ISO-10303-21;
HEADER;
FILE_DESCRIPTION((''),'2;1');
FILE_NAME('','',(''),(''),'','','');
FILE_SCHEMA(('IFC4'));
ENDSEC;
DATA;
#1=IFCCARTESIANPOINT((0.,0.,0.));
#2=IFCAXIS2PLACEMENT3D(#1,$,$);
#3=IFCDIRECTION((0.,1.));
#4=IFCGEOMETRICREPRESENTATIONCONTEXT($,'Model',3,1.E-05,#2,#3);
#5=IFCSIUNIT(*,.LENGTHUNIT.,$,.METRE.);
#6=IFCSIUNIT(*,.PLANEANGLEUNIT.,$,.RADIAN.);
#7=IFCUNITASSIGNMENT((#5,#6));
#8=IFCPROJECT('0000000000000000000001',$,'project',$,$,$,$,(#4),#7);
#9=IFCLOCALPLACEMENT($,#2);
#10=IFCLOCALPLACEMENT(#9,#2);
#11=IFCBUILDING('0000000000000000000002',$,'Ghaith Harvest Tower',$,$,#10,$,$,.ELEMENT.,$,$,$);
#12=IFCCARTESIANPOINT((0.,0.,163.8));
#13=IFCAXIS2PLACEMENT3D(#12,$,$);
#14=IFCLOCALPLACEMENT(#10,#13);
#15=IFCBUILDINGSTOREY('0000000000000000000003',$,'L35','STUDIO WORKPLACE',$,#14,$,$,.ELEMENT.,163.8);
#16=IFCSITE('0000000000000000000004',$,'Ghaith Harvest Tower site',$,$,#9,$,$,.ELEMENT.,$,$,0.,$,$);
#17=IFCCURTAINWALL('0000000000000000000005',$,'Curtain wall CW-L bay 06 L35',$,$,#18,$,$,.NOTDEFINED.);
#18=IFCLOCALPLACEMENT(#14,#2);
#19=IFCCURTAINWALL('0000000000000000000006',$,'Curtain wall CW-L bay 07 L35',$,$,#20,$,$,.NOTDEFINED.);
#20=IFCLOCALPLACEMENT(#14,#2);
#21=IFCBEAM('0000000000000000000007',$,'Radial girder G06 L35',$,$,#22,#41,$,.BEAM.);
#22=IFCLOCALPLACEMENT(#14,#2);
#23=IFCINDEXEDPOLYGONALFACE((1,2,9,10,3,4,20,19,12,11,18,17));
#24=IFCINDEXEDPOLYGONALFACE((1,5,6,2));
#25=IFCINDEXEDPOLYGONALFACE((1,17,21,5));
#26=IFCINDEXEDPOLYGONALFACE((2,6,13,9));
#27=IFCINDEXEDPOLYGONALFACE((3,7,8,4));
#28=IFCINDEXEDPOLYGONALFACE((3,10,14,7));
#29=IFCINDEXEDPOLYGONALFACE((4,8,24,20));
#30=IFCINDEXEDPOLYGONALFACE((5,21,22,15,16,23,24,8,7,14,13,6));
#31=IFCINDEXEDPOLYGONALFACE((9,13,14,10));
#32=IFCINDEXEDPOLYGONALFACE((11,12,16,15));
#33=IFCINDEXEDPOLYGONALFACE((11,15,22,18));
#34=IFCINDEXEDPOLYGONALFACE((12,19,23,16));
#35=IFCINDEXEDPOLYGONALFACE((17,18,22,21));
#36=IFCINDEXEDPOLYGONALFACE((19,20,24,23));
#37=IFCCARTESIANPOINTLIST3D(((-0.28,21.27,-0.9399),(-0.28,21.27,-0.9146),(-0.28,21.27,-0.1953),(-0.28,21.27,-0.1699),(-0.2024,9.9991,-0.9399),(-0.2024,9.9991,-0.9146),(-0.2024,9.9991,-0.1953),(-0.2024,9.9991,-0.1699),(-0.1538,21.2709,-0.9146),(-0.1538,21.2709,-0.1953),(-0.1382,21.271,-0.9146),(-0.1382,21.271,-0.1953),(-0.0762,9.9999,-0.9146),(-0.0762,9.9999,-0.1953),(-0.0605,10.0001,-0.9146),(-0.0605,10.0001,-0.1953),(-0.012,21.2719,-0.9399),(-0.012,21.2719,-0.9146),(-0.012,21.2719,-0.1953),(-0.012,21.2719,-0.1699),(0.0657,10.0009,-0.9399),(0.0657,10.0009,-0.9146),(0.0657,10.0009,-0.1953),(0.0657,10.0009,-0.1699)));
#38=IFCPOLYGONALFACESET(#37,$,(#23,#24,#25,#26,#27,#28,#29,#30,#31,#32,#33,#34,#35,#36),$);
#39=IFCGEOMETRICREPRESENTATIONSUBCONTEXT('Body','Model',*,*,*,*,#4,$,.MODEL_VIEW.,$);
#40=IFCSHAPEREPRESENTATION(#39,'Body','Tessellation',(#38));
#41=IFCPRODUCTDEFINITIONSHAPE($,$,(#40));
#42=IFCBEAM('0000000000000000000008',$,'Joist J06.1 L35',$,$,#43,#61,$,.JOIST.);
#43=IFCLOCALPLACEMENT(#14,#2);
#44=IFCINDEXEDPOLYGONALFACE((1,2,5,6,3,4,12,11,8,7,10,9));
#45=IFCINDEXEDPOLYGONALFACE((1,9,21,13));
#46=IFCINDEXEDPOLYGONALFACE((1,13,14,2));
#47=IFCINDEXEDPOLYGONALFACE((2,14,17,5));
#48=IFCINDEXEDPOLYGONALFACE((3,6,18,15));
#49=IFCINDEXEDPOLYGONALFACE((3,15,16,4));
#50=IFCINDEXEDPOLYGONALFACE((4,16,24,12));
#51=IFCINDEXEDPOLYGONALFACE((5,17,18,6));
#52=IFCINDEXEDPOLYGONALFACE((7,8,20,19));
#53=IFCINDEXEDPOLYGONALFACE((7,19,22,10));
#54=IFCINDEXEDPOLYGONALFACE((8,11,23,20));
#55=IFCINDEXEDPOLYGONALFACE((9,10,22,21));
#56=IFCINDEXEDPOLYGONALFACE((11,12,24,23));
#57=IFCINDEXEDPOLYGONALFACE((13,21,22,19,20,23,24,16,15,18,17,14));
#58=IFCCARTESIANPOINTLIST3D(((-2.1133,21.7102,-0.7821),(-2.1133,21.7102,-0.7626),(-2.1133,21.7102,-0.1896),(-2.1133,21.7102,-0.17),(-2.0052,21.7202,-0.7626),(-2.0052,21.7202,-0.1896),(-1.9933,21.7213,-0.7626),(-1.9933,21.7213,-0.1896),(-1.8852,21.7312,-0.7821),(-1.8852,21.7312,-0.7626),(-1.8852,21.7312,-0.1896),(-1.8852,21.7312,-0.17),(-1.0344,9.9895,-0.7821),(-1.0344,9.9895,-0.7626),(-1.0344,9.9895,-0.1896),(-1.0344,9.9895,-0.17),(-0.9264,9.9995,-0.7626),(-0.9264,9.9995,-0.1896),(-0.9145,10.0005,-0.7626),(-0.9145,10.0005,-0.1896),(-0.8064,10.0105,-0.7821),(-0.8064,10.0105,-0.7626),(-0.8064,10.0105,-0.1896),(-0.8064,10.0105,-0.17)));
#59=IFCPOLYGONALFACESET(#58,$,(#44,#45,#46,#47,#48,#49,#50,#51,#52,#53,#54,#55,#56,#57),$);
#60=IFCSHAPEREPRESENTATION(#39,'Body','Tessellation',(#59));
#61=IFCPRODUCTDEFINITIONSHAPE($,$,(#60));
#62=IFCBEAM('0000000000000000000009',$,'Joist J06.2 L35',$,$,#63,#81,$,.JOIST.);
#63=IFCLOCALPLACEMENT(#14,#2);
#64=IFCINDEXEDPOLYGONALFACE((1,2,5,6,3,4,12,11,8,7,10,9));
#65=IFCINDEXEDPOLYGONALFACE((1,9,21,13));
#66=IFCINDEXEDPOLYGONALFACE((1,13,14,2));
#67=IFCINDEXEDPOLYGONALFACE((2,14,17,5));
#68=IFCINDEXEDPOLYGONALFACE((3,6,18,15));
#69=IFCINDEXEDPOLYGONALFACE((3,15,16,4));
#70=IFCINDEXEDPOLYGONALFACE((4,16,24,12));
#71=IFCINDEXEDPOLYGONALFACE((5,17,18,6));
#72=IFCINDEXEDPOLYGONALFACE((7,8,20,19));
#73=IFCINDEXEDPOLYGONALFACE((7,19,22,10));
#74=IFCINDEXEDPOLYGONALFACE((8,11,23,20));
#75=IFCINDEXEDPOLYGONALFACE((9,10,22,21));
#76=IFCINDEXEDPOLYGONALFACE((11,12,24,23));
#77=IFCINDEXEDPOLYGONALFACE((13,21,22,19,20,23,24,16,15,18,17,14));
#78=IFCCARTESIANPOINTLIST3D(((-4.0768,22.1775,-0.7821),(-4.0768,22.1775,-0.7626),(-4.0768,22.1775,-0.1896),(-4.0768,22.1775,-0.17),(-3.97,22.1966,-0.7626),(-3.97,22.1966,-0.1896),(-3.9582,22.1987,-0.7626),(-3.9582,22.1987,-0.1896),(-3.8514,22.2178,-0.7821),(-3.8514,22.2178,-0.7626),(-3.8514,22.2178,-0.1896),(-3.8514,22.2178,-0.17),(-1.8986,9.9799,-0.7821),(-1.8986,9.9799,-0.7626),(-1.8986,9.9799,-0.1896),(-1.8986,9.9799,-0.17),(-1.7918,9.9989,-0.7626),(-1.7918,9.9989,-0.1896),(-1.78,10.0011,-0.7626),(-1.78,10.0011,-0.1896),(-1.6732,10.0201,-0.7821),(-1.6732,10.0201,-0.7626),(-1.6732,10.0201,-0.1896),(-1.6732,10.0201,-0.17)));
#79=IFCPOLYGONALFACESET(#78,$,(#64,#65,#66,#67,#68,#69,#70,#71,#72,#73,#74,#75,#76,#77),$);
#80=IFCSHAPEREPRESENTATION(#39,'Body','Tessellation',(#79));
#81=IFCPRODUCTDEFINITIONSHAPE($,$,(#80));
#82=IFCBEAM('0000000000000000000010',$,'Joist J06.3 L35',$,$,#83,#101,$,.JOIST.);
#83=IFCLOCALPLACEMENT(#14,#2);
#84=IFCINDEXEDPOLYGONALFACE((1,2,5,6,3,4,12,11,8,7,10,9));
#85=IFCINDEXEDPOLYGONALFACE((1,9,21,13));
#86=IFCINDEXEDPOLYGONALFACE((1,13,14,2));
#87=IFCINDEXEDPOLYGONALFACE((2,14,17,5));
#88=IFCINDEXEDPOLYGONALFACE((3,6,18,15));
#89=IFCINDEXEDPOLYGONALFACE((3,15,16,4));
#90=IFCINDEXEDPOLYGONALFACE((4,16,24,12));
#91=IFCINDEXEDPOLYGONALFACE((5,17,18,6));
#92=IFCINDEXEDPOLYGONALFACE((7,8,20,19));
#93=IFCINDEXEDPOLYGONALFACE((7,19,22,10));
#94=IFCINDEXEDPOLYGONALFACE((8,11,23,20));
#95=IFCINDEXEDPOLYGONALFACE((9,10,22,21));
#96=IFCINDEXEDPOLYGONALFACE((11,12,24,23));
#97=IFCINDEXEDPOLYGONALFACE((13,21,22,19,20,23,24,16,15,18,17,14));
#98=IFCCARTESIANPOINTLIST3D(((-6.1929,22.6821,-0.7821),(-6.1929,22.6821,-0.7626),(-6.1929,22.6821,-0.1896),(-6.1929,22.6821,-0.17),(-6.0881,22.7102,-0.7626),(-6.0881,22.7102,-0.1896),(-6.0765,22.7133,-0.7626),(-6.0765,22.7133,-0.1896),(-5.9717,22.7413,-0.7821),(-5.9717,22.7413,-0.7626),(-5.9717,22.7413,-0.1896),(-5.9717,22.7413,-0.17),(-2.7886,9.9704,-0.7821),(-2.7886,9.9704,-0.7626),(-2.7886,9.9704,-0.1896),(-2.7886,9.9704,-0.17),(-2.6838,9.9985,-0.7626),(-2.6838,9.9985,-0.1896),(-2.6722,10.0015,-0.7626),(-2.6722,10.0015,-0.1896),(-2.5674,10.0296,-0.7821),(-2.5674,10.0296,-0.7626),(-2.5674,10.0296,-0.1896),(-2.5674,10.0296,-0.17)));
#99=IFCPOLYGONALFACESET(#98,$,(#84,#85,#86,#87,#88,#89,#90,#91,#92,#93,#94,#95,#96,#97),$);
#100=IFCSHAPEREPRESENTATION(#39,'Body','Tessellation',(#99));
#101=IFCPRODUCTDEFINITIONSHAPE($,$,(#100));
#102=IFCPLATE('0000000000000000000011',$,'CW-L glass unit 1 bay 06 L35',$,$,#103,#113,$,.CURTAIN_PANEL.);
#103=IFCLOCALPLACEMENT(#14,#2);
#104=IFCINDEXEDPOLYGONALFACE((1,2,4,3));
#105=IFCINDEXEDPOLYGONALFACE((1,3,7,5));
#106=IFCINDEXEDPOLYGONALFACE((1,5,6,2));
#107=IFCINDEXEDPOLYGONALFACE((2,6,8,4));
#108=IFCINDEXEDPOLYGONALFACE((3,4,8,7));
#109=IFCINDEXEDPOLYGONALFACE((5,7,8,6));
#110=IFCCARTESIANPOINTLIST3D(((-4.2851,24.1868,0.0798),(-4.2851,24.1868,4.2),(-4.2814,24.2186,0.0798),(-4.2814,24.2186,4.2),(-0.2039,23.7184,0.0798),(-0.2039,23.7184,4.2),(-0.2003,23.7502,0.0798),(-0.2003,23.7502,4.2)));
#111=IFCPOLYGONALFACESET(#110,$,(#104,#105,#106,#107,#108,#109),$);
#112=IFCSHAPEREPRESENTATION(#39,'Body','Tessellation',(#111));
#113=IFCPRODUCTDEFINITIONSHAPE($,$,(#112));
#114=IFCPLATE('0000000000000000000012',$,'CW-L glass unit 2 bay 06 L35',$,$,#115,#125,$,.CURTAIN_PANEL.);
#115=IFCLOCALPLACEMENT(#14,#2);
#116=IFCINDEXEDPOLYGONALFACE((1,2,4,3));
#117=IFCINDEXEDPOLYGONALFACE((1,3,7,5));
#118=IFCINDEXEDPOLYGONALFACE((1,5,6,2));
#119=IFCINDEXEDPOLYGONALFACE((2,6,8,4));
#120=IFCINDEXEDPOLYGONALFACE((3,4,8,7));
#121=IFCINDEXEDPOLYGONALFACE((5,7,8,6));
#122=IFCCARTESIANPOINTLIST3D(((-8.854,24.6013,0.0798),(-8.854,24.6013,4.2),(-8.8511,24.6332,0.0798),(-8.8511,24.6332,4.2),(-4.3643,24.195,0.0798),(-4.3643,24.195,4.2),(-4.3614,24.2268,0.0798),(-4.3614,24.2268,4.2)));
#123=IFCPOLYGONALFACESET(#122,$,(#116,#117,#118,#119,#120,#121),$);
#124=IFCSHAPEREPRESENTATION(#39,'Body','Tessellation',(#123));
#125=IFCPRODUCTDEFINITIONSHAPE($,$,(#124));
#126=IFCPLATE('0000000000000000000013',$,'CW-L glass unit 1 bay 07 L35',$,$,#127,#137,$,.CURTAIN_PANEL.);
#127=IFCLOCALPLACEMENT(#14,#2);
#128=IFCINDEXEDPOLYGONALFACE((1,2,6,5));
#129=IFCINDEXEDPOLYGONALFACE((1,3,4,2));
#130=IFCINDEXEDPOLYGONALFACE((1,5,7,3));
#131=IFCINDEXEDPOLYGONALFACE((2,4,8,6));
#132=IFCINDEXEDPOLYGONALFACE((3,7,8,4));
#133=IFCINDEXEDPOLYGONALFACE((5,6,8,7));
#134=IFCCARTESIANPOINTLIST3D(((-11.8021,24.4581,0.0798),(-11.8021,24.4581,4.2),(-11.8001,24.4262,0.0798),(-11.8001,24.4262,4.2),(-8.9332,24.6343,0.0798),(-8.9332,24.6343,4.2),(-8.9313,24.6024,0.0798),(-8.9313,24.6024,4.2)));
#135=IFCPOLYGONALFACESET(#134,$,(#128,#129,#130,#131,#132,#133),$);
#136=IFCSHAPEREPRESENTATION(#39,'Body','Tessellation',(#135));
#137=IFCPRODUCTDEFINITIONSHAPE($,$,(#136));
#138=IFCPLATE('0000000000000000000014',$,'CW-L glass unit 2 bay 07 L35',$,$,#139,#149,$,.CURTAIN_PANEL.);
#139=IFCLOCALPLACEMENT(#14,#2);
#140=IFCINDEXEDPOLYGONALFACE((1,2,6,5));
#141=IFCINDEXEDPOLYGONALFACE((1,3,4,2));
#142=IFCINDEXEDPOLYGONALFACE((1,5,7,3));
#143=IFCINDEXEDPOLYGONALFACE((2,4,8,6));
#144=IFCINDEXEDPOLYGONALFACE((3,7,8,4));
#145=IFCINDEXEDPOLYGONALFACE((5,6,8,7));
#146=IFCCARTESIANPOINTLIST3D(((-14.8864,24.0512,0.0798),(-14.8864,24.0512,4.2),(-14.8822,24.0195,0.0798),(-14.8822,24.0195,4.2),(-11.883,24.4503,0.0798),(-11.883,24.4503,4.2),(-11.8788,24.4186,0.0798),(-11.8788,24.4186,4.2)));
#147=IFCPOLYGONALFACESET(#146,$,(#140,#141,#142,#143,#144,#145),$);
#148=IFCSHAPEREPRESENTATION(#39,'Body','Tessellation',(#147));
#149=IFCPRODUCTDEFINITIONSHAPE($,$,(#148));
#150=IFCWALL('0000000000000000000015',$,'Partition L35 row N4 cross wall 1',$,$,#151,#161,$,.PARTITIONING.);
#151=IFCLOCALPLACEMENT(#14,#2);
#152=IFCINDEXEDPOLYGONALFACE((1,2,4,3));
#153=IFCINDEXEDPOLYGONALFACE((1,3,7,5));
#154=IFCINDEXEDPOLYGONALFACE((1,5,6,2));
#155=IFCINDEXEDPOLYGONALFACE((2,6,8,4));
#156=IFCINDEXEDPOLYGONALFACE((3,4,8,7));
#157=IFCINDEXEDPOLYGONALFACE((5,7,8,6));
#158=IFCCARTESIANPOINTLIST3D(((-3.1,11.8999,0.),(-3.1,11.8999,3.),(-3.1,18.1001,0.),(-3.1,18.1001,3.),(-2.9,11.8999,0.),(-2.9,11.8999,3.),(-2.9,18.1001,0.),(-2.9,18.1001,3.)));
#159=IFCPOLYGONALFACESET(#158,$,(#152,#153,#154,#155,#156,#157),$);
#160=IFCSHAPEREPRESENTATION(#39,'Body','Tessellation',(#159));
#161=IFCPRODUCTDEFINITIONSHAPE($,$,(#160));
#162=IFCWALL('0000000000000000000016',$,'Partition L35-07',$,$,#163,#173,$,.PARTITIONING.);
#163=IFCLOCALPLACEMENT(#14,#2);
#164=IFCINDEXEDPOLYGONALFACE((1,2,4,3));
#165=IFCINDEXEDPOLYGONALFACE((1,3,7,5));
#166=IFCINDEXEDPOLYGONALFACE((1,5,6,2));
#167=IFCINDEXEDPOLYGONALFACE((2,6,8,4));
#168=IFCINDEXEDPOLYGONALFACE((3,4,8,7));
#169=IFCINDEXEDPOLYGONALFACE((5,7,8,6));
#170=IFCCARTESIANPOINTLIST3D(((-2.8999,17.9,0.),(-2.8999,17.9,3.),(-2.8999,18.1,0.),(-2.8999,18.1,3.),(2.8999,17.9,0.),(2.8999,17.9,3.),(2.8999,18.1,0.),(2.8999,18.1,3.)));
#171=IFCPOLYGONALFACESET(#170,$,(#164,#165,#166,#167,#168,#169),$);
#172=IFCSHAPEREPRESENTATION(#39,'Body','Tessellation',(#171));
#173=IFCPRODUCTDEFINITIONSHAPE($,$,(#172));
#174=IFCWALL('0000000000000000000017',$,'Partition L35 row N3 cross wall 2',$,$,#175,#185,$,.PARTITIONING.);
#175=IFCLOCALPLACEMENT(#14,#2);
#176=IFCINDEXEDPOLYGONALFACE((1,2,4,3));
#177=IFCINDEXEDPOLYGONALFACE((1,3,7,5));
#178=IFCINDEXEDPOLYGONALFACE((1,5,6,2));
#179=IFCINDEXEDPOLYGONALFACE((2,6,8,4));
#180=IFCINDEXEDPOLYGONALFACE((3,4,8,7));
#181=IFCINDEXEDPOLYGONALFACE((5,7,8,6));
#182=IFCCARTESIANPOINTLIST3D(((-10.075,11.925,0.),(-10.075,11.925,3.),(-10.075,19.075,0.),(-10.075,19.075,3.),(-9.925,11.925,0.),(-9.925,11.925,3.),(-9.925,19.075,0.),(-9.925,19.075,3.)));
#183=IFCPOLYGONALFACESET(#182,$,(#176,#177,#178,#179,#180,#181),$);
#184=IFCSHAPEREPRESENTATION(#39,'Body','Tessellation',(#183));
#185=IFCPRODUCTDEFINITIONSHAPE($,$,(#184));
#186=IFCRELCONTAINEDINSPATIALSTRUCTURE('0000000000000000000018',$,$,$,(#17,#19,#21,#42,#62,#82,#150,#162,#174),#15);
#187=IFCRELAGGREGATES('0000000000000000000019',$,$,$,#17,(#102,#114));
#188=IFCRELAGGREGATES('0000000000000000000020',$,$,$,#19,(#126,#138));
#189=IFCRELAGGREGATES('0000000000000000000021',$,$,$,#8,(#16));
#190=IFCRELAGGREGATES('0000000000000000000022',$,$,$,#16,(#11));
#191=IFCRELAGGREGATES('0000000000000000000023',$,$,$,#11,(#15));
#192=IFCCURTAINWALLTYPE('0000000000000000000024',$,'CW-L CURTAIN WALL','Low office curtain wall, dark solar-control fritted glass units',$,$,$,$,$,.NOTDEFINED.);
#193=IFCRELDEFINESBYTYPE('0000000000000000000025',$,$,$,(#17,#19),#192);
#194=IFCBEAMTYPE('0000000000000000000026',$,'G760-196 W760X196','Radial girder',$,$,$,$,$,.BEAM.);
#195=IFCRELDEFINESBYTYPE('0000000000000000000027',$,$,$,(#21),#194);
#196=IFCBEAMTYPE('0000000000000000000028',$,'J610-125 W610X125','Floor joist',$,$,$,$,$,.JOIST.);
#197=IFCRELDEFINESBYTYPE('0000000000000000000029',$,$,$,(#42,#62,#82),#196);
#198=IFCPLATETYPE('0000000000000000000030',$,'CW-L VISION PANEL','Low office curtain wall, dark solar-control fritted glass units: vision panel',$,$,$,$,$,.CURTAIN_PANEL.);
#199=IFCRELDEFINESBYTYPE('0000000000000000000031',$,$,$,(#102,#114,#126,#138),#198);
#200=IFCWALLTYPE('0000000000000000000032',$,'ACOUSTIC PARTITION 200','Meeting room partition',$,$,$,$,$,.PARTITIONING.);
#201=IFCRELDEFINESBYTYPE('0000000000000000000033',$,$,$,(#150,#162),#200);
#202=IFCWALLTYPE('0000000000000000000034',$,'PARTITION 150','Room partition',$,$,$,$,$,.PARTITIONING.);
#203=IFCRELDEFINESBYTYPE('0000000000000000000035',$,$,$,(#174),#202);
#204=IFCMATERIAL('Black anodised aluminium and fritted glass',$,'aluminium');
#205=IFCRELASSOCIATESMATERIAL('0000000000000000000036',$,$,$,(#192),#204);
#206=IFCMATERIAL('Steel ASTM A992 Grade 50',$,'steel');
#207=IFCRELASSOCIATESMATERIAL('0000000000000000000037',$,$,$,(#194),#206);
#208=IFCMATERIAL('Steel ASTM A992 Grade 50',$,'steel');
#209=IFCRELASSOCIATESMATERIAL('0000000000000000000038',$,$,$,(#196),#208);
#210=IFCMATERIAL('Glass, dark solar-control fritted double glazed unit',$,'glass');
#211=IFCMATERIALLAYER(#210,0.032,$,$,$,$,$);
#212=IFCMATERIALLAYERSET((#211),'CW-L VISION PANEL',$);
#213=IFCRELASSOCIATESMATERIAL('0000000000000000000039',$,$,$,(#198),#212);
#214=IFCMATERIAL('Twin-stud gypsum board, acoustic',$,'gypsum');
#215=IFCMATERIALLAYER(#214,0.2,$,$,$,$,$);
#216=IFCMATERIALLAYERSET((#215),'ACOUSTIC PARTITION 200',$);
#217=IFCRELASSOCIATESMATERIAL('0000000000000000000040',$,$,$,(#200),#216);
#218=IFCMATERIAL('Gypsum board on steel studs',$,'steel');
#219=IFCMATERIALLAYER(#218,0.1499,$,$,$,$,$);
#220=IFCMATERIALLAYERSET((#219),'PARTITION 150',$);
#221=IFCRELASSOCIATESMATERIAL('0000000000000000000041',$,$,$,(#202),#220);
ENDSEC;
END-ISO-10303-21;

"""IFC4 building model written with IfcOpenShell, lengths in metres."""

from ifc_helpers import new_model, si_unit, direction, frame, frame_2d, origin, origin_2d, place, context, subcontext, project, spatial, rectangle, i_section, extrude, material, layer, layer_set, material_profile, profile_set, type_object, element, aggregate, save


model = new_model("IFC4")

# Units and contexts
model_context = context("Model", 3, precision=1e-05, world=origin(), true_north=direction((0.0, 1.0)))
body_context = subcontext(model_context, "Body", "Model", "MODEL_VIEW")
ifc_project = project(units=[si_unit("LENGTHUNIT", "METRE"), si_unit("PLANEANGLEUNIT", "RADIAN")], contexts=[model_context])

# Site, building, storey
site_placement = place(None, origin())
site = spatial("IfcSite", under=ifc_project, at=site_placement, Name="Ghaith Harvest Tower site", CompositionType="ELEMENT", RefElevation=0.0)
building_placement = place(site_placement, origin())
building = spatial("IfcBuilding", under=site, at=building_placement, Name="Ghaith Harvest Tower", CompositionType="ELEMENT")
storey_placement = place(building_placement, frame((0.0, 0.0, 163.8)))
storey = spatial("IfcBuildingStorey", under=building, at=storey_placement, Name="L35", Description="STUDIO WORKPLACE", CompositionType="ELEMENT", Elevation=163.8)

# Curtain walls
ifc_material_1 = material(Name="Black anodised aluminium and fritted glass", Category="aluminium")
curtain_wall_type = type_object("IfcCurtainWallType", Name="CW-L CURTAIN WALL", Description="Low office curtain wall, dark solar-control fritted glass units", PredefinedType="NOTDEFINED", material=ifc_material_1)
curtain_wall_1_placement = place(storey_placement, origin())
curtain_wall_1 = element("IfcCurtainWall", 1, at=curtain_wall_1_placement, inside=storey, type_object=curtain_wall_type, Name="Curtain wall CW-L bay 06 L35", PredefinedType="NOTDEFINED")
curtain_wall_2_placement = place(storey_placement, origin())
curtain_wall_2 = element("IfcCurtainWall", 2, at=curtain_wall_2_placement, inside=storey, type_object=curtain_wall_type, Name="Curtain wall CW-L bay 07 L35", PredefinedType="NOTDEFINED")

# Beams
ifc_material_2 = material(Name="Steel ASTM A992 Grade 50", Category="steel")
ifc_material_profile_1 = material_profile(ifc_material_2, i_section(OverallWidth=0.2681, OverallDepth=0.77, WebThickness=0.0156, FlangeThickness=0.0254, at=origin_2d()), Name="W760X196")
ifc_profile_set_1 = profile_set([ifc_material_profile_1], Name="Steel ASTM A992 Grade 50")
beam_type_1 = type_object("IfcBeamType", Name="G760-196 W760X196", Description="Radial girder", PredefinedType="BEAM", material=ifc_profile_set_1)
beam_1_placement = place(storey_placement, frame((-0.0684, 10.0, -0.5549), z_axis=(-0.006888, 0.999976, 0.0), x_axis=(-0.999976, -0.006888, 0.0)))
element("IfcBeam", 3, at=beam_1_placement, inside=storey, type_object=beam_type_1, Name="Radial girder G06 L35", PredefinedType="BEAM", context=body_context, shape_type="SweptSolid", body=[
    extrude(i_section(OverallWidth=0.2681, OverallDepth=0.77, WebThickness=0.0156, FlangeThickness=0.0254, at=origin_2d()), origin(), (0.0, 0.0, 1.0), 11.2712),
])
ifc_material_3 = material(Name="Steel ASTM A992 Grade 50", Category="steel")
ifc_material_profile_2 = material_profile(ifc_material_3, i_section(OverallWidth=0.229, OverallDepth=0.6121, WebThickness=0.012, FlangeThickness=0.0195, at=origin_2d()), Name="W610X125")
ifc_profile_set_2 = profile_set([ifc_material_profile_2], Name="Steel ASTM A992 Grade 50")
beam_type_2 = type_object("IfcBeamType", Name="J610-125 W610X125", Description="Floor joist", PredefinedType="JOIST", material=ifc_profile_set_2)
beam_2_placement = place(storey_placement, frame((-0.9204, 10.0, -0.4761), z_axis=(-0.09166, 0.99579, 0.0), x_axis=(-0.99579, -0.09166, 0.0)))
element("IfcBeam", 4, at=beam_2_placement, inside=storey, type_object=beam_type_2, Name="Joist J06.1 L35", PredefinedType="JOIST", context=body_context, shape_type="SweptSolid", body=[
    extrude(i_section(OverallWidth=0.229, OverallDepth=0.6121, WebThickness=0.012, FlangeThickness=0.0195, at=origin_2d()), origin(), (0.0, 0.0, 1.0), 11.7703),
])
beam_3_placement = place(storey_placement, frame((-1.7859, 10.0, -0.4761), z_axis=(-0.175795, 0.984427, 0.0), x_axis=(-0.984427, -0.175795, 0.0)))
element("IfcBeam", 5, at=beam_3_placement, inside=storey, type_object=beam_type_2, Name="Joist J06.2 L35", PredefinedType="JOIST", context=body_context, shape_type="SweptSolid", body=[
    extrude(i_section(OverallWidth=0.229, OverallDepth=0.6121, WebThickness=0.012, FlangeThickness=0.0195, at=origin_2d()), origin(), (0.0, 0.0, 1.0), 12.3906),
])
beam_4_placement = place(storey_placement, frame((-2.678, 10.0, -0.4761), z_axis=(-0.258693, 0.96596, 0.0), x_axis=(-0.96596, -0.258693, 0.0)))
element("IfcBeam", 6, at=beam_4_placement, inside=storey, type_object=beam_type_2, Name="Joist J06.3 L35", PredefinedType="JOIST", context=body_context, shape_type="SweptSolid", body=[
    extrude(i_section(OverallWidth=0.229, OverallDepth=0.6121, WebThickness=0.012, FlangeThickness=0.0195, at=origin_2d()), origin(), (0.0, 0.0, 1.0), 13.1597),
])

# Plates
ifc_material_4 = material(Name="Glass, dark solar-control fritted double glazed unit", Category="glass")
ifc_layer_1 = layer(ifc_material_4, 0.032)
ifc_layer_set_1 = layer_set([ifc_layer_1], Name="CW-L VISION PANEL")
plate_type = type_object("IfcPlateType", Name="CW-L VISION PANEL", Description="Low office curtain wall, dark solar-control fritted glass units: vision panel", PredefinedType="CURTAIN_PANEL", material=ifc_layer_set_1)
plate_1_placement = place(storey_placement, frame((-2.2427, 23.9685, 0.0798), z_axis=(0.0, 0.0, 1.0), x_axis=(-0.993477, 0.114032, 0.0)))
plate_1 = element("IfcPlate", 7, at=plate_1_placement, type_object=plate_type, Name="CW-L glass unit 1 bay 06 L35", PredefinedType="CURTAIN_PANEL", context=body_context, shape_type="SweptSolid", body=[
    extrude(rectangle(XDim=4.1079, YDim=0.032, at=origin_2d()), origin(), (0.0, 0.0, 1.0), 4.1201),
])
plate_2_placement = place(storey_placement, frame((-6.6077, 24.4141, 0.0798), z_axis=(0.0, 0.0, 1.0), x_axis=(-0.995929, 0.090144, 0.0)))
plate_2 = element("IfcPlate", 8, at=plate_2_placement, type_object=plate_type, Name="CW-L glass unit 2 bay 06 L35", PredefinedType="CURTAIN_PANEL", context=body_context, shape_type="SweptSolid", body=[
    extrude(rectangle(XDim=4.5081, YDim=0.032, at=origin_2d()), origin(), (0.0, 0.0, 1.0), 4.1201),
])
aggregate(curtain_wall_1, [plate_1, plate_2])
plate_3_placement = place(storey_placement, frame((-10.3667, 24.5303, 0.0798), z_axis=(0.0, 0.0, 1.0), x_axis=(-0.998119, -0.061303, 0.0)))
plate_3 = element("IfcPlate", 9, at=plate_3_placement, type_object=plate_type, Name="CW-L glass unit 1 bay 07 L35", PredefinedType="CURTAIN_PANEL", context=body_context, shape_type="SweptSolid", body=[
    extrude(rectangle(XDim=2.8743, YDim=0.032, at=origin_2d()), origin(), (0.0, 0.0, 1.0), 4.1201),
])
plate_4_placement = place(storey_placement, frame((-13.3826, 24.2349, 0.0798), z_axis=(0.0, 0.0, 1.0), x_axis=(-0.991286, -0.131728, 0.0)))
plate_4 = element("IfcPlate", 10, at=plate_4_placement, type_object=plate_type, Name="CW-L glass unit 2 bay 07 L35", PredefinedType="CURTAIN_PANEL", context=body_context, shape_type="SweptSolid", body=[
    extrude(rectangle(XDim=3.0298, YDim=0.032, at=origin_2d()), origin(), (0.0, 0.0, 1.0), 4.1201),
])
aggregate(curtain_wall_2, [plate_3, plate_4])

# Wall
ifc_material_5 = material(Name="Twin-stud gypsum board, acoustic", Category="gypsum")
ifc_layer_2 = layer(ifc_material_5, 0.2)
ifc_layer_set_2 = layer_set([ifc_layer_2], Name="ACOUSTIC PARTITION 200")
wall_type_1 = type_object("IfcWallType", Name="ACOUSTIC PARTITION 200", Description="Meeting room partition", PredefinedType="PARTITIONING", material=ifc_layer_set_2)
wall_1_placement = place(storey_placement, frame((-3.0, 11.8999, 0.0), z_axis=(0.0, 0.0, 1.0), x_axis=(0.0, 1.0, 0.0)))
element("IfcWall", 11, at=wall_1_placement, inside=storey, type_object=wall_type_1, Name="Partition L35 row N4 cross wall 1", PredefinedType="PARTITIONING", context=body_context, shape_type="SweptSolid", body=[
    extrude(rectangle(XDim=6.2002, YDim=0.2, at=frame_2d((3.1001, 0.0))), origin(), (0.0, 0.0, 1.0), 3.0),
])

# Walls
wall_2_placement = place(storey_placement, frame((-2.8999, 18.0, 0.0), z_axis=(0.0, 0.0, 1.0), x_axis=(1.0, 0.0, 0.0)))
element("IfcWall", 12, at=wall_2_placement, inside=storey, type_object=wall_type_1, Name="Partition L35-07", PredefinedType="PARTITIONING", context=body_context, shape_type="SweptSolid", body=[
    extrude(rectangle(XDim=5.7998, YDim=0.2, at=frame_2d((2.8999, 0.0))), origin(), (0.0, 0.0, 1.0), 3.0),
])
ifc_material_6 = material(Name="Gypsum board on steel studs", Category="steel")
ifc_layer_3 = layer(ifc_material_6, 0.1499)
ifc_layer_set_3 = layer_set([ifc_layer_3], Name="PARTITION 150")
wall_type_2 = type_object("IfcWallType", Name="PARTITION 150", Description="Room partition", PredefinedType="PARTITIONING", material=ifc_layer_set_3)
for number, where, z_axis, x_axis, name in (
    (13, (-10.0, 11.925, 0.0), (0.0, 0.0, 1.0), (0.0, 1.0, 0.0), "Partition L35 row N3 cross wall 2"),
):
    element("IfcWall", number, at=place(storey_placement, frame(where, z_axis=z_axis, x_axis=x_axis)), inside=storey, type_object=wall_type_2, Name=name, PredefinedType="PARTITIONING", context=body_context, shape_type="SweptSolid", body=[
        extrude(rectangle(XDim=7.1499, YDim=0.1499, at=frame_2d((3.575, 0.0))), origin(), (0.0, 0.0, 1.0), 3.0),
    ])

save(model, "model.ifc")
